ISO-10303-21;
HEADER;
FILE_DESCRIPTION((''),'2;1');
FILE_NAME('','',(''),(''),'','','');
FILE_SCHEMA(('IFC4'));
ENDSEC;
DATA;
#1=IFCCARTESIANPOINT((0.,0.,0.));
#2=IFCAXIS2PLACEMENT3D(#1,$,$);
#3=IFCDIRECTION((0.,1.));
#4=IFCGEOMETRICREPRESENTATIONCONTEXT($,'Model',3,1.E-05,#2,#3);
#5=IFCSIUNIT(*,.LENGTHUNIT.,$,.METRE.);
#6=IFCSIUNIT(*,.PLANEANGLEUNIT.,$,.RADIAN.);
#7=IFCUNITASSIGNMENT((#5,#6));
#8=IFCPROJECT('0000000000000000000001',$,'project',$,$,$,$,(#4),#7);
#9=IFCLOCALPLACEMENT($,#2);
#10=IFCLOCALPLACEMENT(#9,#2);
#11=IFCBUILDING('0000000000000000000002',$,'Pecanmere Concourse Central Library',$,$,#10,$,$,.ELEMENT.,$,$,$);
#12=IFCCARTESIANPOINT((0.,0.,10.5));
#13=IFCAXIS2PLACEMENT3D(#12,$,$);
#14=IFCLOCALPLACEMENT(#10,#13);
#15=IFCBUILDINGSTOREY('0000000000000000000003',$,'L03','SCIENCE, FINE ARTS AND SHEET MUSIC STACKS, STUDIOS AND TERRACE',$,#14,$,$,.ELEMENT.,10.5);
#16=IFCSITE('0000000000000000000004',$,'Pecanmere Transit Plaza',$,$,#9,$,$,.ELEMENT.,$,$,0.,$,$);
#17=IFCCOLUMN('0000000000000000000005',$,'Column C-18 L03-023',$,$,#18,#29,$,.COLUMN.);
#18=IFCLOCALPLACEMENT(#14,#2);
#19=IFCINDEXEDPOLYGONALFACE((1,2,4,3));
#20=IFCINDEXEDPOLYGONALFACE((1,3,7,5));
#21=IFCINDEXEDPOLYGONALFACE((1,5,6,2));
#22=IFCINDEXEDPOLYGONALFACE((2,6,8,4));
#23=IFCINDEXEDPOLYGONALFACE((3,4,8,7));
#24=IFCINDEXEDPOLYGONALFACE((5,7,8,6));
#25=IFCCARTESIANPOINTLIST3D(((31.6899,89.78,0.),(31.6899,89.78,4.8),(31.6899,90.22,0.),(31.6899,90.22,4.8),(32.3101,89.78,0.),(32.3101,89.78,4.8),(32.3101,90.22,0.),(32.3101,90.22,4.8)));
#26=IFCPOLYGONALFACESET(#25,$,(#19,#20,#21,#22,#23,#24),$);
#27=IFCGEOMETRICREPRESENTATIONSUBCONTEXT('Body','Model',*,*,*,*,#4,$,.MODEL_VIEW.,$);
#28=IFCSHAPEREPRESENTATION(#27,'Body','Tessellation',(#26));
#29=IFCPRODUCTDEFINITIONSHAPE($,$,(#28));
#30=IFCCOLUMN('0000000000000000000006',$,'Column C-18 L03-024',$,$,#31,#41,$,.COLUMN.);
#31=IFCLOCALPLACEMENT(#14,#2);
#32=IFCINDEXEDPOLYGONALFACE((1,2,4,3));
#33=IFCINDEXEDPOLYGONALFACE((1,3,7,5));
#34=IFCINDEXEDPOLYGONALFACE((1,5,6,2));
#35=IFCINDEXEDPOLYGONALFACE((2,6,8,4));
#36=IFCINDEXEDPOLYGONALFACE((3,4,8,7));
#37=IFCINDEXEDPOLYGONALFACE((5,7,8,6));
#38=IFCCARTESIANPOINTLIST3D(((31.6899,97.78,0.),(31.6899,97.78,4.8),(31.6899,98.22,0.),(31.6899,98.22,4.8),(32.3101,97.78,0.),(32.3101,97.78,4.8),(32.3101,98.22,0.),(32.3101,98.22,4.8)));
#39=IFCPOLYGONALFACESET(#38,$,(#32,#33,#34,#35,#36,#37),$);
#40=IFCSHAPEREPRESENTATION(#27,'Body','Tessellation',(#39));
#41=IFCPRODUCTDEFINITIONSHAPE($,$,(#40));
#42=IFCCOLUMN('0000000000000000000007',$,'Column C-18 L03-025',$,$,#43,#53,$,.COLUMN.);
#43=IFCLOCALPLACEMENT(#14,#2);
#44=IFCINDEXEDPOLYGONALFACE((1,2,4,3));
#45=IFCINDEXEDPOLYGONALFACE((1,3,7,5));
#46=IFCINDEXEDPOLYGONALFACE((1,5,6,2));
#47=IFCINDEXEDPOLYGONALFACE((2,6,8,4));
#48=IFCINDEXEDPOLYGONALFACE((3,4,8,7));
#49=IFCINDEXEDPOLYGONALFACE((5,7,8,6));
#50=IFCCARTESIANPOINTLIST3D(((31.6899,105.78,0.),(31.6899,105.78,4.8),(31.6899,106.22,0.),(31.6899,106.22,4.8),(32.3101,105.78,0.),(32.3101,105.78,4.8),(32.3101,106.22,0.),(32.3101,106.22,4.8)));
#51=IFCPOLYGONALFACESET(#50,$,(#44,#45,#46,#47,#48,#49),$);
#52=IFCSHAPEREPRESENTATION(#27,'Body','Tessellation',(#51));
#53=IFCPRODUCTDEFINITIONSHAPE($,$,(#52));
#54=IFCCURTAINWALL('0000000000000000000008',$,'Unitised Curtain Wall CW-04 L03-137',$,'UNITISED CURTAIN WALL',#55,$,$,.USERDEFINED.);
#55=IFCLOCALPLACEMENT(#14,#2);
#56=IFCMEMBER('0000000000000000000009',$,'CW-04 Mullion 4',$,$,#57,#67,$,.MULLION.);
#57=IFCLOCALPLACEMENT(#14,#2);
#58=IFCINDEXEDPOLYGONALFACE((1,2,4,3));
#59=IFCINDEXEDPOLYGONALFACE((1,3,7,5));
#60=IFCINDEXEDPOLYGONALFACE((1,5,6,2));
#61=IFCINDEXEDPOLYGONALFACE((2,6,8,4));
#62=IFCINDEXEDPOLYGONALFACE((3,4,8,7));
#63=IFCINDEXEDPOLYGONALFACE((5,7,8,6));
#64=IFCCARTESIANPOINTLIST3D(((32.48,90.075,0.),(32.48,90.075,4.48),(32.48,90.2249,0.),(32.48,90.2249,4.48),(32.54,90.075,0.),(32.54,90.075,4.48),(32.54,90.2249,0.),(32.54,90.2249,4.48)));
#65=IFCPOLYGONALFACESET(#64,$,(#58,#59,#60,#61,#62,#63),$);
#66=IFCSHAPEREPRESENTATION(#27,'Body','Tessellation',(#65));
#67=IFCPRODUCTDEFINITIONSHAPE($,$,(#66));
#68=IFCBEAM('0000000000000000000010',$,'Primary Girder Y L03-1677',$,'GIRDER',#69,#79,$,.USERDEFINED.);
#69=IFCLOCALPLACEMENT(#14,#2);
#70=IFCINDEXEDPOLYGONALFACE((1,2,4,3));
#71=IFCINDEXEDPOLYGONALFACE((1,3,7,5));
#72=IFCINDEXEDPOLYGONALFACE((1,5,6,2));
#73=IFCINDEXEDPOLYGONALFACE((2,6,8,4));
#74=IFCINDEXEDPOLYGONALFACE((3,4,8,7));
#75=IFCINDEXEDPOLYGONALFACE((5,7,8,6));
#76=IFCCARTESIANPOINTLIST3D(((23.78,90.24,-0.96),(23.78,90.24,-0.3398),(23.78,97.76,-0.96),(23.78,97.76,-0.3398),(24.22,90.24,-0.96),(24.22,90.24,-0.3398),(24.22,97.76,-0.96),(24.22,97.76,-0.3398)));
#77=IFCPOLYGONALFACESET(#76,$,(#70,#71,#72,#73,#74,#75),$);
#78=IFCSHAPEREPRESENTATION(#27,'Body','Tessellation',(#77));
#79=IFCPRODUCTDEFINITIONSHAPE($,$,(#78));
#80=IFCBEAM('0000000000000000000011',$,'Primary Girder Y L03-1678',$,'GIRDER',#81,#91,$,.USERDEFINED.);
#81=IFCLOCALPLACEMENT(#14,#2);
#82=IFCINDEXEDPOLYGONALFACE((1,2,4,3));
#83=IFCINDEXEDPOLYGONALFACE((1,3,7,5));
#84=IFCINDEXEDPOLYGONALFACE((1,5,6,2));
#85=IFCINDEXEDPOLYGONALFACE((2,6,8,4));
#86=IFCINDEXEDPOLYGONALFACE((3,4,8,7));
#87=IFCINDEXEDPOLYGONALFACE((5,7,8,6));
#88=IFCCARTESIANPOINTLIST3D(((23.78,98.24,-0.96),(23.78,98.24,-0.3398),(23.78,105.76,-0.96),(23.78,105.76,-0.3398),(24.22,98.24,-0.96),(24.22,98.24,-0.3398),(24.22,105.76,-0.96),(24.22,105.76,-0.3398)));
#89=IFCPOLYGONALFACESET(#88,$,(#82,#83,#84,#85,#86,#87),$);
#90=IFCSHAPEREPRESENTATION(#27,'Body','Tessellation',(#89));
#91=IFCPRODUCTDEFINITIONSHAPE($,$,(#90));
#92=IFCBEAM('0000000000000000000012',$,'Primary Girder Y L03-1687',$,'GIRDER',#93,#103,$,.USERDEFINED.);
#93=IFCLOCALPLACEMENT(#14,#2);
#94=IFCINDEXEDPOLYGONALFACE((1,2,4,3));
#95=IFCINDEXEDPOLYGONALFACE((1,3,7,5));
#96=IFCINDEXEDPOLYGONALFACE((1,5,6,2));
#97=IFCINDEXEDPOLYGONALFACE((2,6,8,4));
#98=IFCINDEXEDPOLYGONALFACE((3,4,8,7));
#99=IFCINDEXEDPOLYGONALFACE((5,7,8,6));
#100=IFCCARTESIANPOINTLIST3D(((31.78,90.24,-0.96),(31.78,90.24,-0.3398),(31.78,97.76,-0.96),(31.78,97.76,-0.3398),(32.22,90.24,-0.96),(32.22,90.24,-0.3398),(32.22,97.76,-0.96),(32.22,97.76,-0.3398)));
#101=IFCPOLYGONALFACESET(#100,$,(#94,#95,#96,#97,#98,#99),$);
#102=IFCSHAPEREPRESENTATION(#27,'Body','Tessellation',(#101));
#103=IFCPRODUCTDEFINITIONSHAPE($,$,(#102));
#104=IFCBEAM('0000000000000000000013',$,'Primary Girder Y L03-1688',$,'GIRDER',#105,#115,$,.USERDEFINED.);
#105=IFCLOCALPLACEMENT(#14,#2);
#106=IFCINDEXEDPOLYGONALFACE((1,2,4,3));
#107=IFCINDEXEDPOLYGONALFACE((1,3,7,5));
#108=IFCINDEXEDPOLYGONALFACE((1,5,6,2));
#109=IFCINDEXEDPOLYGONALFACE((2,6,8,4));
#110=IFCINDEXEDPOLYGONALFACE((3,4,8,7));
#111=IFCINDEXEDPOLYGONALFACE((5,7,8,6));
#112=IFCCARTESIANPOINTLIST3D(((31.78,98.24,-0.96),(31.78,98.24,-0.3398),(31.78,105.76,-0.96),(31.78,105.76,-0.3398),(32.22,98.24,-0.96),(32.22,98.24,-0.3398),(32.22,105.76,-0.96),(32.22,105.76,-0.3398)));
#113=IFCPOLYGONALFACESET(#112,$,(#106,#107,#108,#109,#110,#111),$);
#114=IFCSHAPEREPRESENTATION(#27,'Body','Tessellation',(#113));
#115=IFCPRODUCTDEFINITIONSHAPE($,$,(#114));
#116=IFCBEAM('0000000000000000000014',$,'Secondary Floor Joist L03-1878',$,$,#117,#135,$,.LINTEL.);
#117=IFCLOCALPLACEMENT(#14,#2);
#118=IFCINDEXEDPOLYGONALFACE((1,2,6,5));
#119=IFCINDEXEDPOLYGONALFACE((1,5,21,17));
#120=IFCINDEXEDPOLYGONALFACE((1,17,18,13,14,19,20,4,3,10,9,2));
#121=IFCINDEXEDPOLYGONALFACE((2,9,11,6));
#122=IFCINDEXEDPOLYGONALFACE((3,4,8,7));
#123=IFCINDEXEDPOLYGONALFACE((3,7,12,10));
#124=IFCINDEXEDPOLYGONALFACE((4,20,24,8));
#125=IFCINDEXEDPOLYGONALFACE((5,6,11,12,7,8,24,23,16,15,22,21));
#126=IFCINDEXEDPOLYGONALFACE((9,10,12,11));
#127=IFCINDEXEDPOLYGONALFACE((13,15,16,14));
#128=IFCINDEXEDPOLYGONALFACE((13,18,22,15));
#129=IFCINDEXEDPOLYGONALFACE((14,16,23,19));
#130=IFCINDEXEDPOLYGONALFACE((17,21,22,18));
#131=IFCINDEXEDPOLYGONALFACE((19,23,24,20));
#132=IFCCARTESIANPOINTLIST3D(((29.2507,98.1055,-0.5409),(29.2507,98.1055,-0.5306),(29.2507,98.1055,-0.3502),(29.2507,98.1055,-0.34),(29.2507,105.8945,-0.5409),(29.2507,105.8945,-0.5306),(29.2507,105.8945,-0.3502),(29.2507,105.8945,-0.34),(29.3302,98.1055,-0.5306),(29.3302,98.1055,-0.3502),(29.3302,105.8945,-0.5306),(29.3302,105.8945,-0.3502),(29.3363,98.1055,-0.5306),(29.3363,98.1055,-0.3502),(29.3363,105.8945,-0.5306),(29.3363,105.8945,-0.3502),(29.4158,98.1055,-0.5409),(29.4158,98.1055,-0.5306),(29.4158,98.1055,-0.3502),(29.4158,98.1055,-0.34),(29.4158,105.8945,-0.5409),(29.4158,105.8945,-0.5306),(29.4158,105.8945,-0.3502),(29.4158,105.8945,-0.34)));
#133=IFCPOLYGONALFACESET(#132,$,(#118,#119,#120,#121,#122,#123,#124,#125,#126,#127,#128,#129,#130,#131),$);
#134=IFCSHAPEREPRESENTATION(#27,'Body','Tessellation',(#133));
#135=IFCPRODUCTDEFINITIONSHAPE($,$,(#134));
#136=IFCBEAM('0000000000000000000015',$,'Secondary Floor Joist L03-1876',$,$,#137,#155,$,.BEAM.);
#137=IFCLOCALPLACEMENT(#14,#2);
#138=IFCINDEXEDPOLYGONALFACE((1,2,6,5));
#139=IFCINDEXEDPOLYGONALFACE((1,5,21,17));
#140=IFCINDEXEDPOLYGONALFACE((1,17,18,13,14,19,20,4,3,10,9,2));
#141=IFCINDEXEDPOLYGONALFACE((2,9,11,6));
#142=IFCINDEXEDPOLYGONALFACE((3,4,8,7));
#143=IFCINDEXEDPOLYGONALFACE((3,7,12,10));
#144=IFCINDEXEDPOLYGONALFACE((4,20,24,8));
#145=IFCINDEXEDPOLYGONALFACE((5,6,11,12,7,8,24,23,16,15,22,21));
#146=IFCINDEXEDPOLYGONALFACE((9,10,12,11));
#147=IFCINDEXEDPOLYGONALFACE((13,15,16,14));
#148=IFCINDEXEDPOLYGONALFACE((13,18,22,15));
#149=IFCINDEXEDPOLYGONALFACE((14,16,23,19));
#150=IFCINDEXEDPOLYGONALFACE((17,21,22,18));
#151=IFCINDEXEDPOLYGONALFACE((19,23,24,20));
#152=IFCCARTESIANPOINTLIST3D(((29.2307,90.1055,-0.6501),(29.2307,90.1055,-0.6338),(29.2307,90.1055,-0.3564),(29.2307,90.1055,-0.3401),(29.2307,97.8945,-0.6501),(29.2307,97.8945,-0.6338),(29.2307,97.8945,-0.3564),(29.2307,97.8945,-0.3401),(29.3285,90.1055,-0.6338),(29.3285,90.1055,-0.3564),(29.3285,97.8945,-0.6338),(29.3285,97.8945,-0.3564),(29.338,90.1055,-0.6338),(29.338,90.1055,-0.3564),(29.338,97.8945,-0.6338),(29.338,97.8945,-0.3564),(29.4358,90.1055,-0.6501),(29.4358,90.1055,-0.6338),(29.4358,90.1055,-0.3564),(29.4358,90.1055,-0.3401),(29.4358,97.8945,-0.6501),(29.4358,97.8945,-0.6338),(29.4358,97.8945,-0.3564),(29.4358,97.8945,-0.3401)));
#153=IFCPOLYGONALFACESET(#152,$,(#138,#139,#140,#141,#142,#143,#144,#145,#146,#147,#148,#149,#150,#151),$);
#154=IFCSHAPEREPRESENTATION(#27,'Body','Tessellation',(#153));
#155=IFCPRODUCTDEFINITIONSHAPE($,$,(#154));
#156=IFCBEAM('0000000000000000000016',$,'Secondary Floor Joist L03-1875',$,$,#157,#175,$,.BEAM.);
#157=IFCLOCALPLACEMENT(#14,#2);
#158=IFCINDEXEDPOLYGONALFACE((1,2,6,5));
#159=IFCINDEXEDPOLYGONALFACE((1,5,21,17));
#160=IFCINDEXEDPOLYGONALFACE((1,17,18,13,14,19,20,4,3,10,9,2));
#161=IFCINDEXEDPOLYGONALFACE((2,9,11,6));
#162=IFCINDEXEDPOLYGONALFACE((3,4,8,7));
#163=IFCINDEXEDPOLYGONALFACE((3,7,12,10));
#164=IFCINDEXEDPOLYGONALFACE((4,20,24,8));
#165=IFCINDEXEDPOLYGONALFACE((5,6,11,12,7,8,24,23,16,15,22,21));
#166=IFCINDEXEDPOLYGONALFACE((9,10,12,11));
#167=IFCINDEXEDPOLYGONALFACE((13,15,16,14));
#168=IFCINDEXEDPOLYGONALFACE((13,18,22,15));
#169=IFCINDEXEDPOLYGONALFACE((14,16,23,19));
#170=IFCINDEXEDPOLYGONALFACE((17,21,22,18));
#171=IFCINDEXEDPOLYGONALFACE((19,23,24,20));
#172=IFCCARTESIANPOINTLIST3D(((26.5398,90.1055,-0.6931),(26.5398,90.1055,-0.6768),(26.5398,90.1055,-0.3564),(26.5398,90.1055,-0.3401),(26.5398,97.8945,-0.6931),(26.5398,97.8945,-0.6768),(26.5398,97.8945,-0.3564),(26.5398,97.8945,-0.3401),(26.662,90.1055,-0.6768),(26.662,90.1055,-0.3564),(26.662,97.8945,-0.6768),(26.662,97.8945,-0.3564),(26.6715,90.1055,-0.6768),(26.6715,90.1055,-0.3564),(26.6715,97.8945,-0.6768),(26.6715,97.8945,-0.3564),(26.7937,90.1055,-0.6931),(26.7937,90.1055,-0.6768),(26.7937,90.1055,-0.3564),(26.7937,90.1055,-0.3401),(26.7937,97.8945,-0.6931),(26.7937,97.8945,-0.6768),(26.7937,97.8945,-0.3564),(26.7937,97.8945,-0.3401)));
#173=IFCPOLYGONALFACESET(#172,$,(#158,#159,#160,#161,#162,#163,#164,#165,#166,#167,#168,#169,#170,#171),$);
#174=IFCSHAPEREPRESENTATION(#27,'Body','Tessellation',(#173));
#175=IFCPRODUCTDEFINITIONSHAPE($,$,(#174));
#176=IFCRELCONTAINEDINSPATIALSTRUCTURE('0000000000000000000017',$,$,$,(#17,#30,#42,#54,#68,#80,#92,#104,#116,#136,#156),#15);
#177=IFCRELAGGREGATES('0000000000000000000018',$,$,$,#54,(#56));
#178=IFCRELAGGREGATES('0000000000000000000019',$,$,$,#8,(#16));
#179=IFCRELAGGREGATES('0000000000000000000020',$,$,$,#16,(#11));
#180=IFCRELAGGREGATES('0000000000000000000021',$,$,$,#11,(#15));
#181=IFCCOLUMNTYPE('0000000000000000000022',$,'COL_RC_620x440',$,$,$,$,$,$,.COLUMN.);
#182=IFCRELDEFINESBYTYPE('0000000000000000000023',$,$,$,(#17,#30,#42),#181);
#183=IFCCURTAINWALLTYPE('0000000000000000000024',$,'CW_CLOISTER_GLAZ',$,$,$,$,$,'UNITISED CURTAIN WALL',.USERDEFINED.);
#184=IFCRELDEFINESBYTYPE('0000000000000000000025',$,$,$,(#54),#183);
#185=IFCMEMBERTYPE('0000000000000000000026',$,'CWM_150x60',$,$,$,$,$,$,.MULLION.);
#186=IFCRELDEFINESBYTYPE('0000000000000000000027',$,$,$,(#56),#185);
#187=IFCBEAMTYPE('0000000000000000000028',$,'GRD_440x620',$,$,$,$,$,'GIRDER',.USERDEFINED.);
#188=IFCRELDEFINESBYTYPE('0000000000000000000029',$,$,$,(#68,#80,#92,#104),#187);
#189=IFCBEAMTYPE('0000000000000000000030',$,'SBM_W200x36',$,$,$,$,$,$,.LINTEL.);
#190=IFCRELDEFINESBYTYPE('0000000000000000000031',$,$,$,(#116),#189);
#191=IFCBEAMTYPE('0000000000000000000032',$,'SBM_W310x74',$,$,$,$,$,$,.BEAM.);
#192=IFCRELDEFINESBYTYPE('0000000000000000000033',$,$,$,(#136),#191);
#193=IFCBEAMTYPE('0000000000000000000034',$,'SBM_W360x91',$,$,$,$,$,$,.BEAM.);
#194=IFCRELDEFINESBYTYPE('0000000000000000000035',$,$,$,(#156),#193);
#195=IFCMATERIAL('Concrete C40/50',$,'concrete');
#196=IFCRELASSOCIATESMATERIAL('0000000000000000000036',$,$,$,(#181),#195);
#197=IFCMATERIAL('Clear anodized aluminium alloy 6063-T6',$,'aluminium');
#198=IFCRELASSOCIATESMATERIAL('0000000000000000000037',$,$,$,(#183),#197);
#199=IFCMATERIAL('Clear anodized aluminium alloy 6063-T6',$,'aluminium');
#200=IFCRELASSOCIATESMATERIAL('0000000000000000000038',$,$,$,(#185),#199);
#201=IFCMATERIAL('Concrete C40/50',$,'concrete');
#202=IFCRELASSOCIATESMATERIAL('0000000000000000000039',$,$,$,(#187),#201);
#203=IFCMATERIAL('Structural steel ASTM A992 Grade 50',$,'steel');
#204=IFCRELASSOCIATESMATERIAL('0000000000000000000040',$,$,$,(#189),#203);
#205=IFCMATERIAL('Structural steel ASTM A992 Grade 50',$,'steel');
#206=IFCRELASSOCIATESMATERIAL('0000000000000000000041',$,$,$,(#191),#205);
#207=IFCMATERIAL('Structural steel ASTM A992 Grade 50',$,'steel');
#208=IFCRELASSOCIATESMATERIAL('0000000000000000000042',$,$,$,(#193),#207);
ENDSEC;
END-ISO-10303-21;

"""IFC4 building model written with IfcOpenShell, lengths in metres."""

from ifc_helpers import new_model, si_unit, direction, frame, origin, origin_2d, place, context, subcontext, project, spatial, rectangle, i_section, extrude, material, material_profile, profile_set, type_object, element, aggregate, save


model = new_model("IFC4")

# Units and contexts
model_context = context("Model", 3, precision=1e-05, world=origin(), true_north=direction((0.0, 1.0)))
body_context = subcontext(model_context, "Body", "Model", "MODEL_VIEW")
ifc_project = project(units=[si_unit("LENGTHUNIT", "METRE"), si_unit("PLANEANGLEUNIT", "RADIAN")], contexts=[model_context])

# Site, building, storey
site_placement = place(None, origin())
site = spatial("IfcSite", under=ifc_project, at=site_placement, Name="Pecanmere Transit Plaza", CompositionType="ELEMENT", RefElevation=0.0)
building_placement = place(site_placement, origin())
building = spatial("IfcBuilding", under=site, at=building_placement, Name="Pecanmere Concourse Central Library", CompositionType="ELEMENT")
storey_placement = place(building_placement, frame((0.0, 0.0, 10.5)))
storey = spatial("IfcBuildingStorey", under=building, at=storey_placement, Name="L03", Description="SCIENCE, FINE ARTS AND SHEET MUSIC STACKS, STUDIOS AND TERRACE", CompositionType="ELEMENT", Elevation=10.5)

# Columns
ifc_material_1 = material(Name="Concrete C40/50", Category="concrete")
ifc_material_profile_1 = material_profile(ifc_material_1, rectangle(XDim=0.6201, YDim=0.4399, at=origin_2d()), Name="RC 620x440")
ifc_profile_set_1 = profile_set([ifc_material_profile_1], Name="Concrete C40/50")
column_type = type_object("IfcColumnType", Name="COL_RC_620x440", PredefinedType="COLUMN", material=ifc_profile_set_1)
for number, where, z_axis, x_axis, name in (
    (1, (32.0, 90.0, 0.0), (0.0, 0.0, 1.0), (1.0, 0.0, 0.0), "Column C-18 L03-023"),
    (2, (32.0, 98.0, 0.0), (0.0, 0.0, 1.0), (1.0, 0.0, 0.0), "Column C-18 L03-024"),
    (3, (32.0, 106.0, 0.0), (0.0, 0.0, 1.0), (1.0, 0.0, 0.0), "Column C-18 L03-025"),
):
    element("IfcColumn", number, at=place(storey_placement, frame(where, z_axis=z_axis, x_axis=x_axis)), inside=storey, type_object=column_type, Name=name, PredefinedType="COLUMN", context=body_context, shape_type="SweptSolid", body=[
        extrude(rectangle(XDim=0.6201, YDim=0.4399, at=origin_2d()), origin(), (0.0, 0.0, 1.0), 4.8),
    ])

# Curtain wall, member
ifc_material_2 = material(Name="Clear anodized aluminium alloy 6063-T6", Category="aluminium")
curtain_wall_type = type_object("IfcCurtainWallType", Name="CW_CLOISTER_GLAZ", ElementType="UNITISED CURTAIN WALL", PredefinedType="USERDEFINED", material=ifc_material_2)
curtain_wall_placement = place(storey_placement, origin())
curtain_wall = element("IfcCurtainWall", 4, at=curtain_wall_placement, inside=storey, type_object=curtain_wall_type, Name="Unitised Curtain Wall CW-04 L03-137", ObjectType="UNITISED CURTAIN WALL", PredefinedType="USERDEFINED")
ifc_material_3 = material(Name="Clear anodized aluminium alloy 6063-T6", Category="aluminium")
ifc_material_profile_2 = material_profile(ifc_material_3, rectangle(XDim=0.0601, YDim=0.1499, at=origin_2d()), Name="AL 60x150")
ifc_profile_set_2 = profile_set([ifc_material_profile_2], Name="Clear anodized aluminium alloy 6063-T6")
member_type = type_object("IfcMemberType", Name="CWM_150x60", PredefinedType="MULLION", material=ifc_profile_set_2)
member_placement = place(storey_placement, frame((32.51, 90.1499, 0.0), z_axis=(0.0, 0.0, 1.0), x_axis=(-1.0, 0.0, 0.0)))
member = element("IfcMember", 5, at=member_placement, type_object=member_type, Name="CW-04 Mullion 4", PredefinedType="MULLION", context=body_context, shape_type="SweptSolid", body=[
    extrude(rectangle(XDim=0.0601, YDim=0.1499, at=origin_2d()), origin(), (0.0, 0.0, 1.0), 4.48),
])

# Beams
ifc_material_4 = material(Name="Concrete C40/50", Category="concrete")
ifc_material_profile_3 = material_profile(ifc_material_4, rectangle(XDim=0.4399, YDim=0.6201, at=origin_2d()), Name="RC 440x620")
ifc_profile_set_3 = profile_set([ifc_material_profile_3], Name="Concrete C40/50")
beam_type_1 = type_object("IfcBeamType", Name="GRD_440x620", ElementType="GIRDER", PredefinedType="USERDEFINED", material=ifc_profile_set_3)
for number, where, z_axis, x_axis, name in (
    (6, (24.0, 90.24, -0.6499), (0.0, 1.0, 0.0), (-1.0, 0.0, 0.0), "Primary Girder Y L03-1677"),
    (7, (24.0, 98.24, -0.6499), (0.0, 1.0, 0.0), (-1.0, 0.0, 0.0), "Primary Girder Y L03-1678"),
    (8, (32.0, 90.24, -0.6499), (0.0, 1.0, 0.0), (-1.0, 0.0, 0.0), "Primary Girder Y L03-1687"),
    (9, (32.0, 98.24, -0.6499), (0.0, 1.0, 0.0), (-1.0, 0.0, 0.0), "Primary Girder Y L03-1688"),
):
    element("IfcBeam", number, at=place(storey_placement, frame(where, z_axis=z_axis, x_axis=x_axis)), inside=storey, type_object=beam_type_1, Name=name, ObjectType="GIRDER", PredefinedType="USERDEFINED", context=body_context, shape_type="SweptSolid", body=[
        extrude(rectangle(XDim=0.4399, YDim=0.6201, at=origin_2d()), origin(), (0.0, 0.0, 1.0), 7.52),
    ])
ifc_material_5 = material(Name="Structural steel ASTM A992 Grade 50", Category="steel")
ifc_material_profile_4 = material_profile(ifc_material_5, i_section(OverallWidth=0.165, OverallDepth=0.2009, WebThickness=0.0061, FlangeThickness=0.0103, at=origin_2d()), Name="W200x35.9")
ifc_profile_set_4 = profile_set([ifc_material_profile_4], Name="Structural steel ASTM A992 Grade 50")
beam_type_2 = type_object("IfcBeamType", Name="SBM_W200x36", PredefinedType="LINTEL", material=ifc_profile_set_4)
beam_1_placement = place(storey_placement, frame((29.3333, 98.1055, -0.4404), z_axis=(0.0, 1.0, 0.0), x_axis=(-1.0, 0.0, 0.0)))
element("IfcBeam", 10, at=beam_1_placement, inside=storey, type_object=beam_type_2, Name="Secondary Floor Joist L03-1878", PredefinedType="LINTEL", context=body_context, shape_type="SweptSolid", body=[
    extrude(i_section(OverallWidth=0.165, OverallDepth=0.2009, WebThickness=0.0061, FlangeThickness=0.0103, at=origin_2d()), origin(), (0.0, 0.0, 1.0), 7.7891),
])
ifc_material_6 = material(Name="Structural steel ASTM A992 Grade 50", Category="steel")
ifc_material_profile_5 = material_profile(ifc_material_6, i_section(OverallWidth=0.2051, OverallDepth=0.3101, WebThickness=0.0095, FlangeThickness=0.0164, at=origin_2d()), Name="W310x74")
ifc_profile_set_5 = profile_set([ifc_material_profile_5], Name="Structural steel ASTM A992 Grade 50")
beam_type_3 = type_object("IfcBeamType", Name="SBM_W310x74", PredefinedType="BEAM", material=ifc_profile_set_5)
beam_2_placement = place(storey_placement, frame((29.3333, 90.1055, -0.4951), z_axis=(0.0, 1.0, 0.0), x_axis=(-1.0, 0.0, 0.0)))
element("IfcBeam", 11, at=beam_2_placement, inside=storey, type_object=beam_type_3, Name="Secondary Floor Joist L03-1876", PredefinedType="BEAM", context=body_context, shape_type="SweptSolid", body=[
    extrude(i_section(OverallWidth=0.2051, OverallDepth=0.3101, WebThickness=0.0095, FlangeThickness=0.0164, at=origin_2d()), origin(), (0.0, 0.0, 1.0), 7.7891),
])
ifc_material_7 = material(Name="Structural steel ASTM A992 Grade 50", Category="steel")
ifc_material_profile_6 = material_profile(ifc_material_7, i_section(OverallWidth=0.2539, OverallDepth=0.353, WebThickness=0.0095, FlangeThickness=0.0164, at=origin_2d()), Name="W360x91")
ifc_profile_set_6 = profile_set([ifc_material_profile_6], Name="Structural steel ASTM A992 Grade 50")
beam_type_4 = type_object("IfcBeamType", Name="SBM_W360x91", PredefinedType="BEAM", material=ifc_profile_set_6)
beam_3_placement = place(storey_placement, frame((26.6667, 90.1055, -0.5166), z_axis=(0.0, 1.0, 0.0), x_axis=(-1.0, 0.0, 0.0)))
element("IfcBeam", 12, at=beam_3_placement, inside=storey, type_object=beam_type_4, Name="Secondary Floor Joist L03-1875", PredefinedType="BEAM", context=body_context, shape_type="SweptSolid", body=[
    extrude(i_section(OverallWidth=0.2539, OverallDepth=0.353, WebThickness=0.0095, FlangeThickness=0.0164, at=origin_2d()), origin(), (0.0, 0.0, 1.0), 7.7891),
])

aggregate(curtain_wall, [member])

save(model, "model.ifc")
